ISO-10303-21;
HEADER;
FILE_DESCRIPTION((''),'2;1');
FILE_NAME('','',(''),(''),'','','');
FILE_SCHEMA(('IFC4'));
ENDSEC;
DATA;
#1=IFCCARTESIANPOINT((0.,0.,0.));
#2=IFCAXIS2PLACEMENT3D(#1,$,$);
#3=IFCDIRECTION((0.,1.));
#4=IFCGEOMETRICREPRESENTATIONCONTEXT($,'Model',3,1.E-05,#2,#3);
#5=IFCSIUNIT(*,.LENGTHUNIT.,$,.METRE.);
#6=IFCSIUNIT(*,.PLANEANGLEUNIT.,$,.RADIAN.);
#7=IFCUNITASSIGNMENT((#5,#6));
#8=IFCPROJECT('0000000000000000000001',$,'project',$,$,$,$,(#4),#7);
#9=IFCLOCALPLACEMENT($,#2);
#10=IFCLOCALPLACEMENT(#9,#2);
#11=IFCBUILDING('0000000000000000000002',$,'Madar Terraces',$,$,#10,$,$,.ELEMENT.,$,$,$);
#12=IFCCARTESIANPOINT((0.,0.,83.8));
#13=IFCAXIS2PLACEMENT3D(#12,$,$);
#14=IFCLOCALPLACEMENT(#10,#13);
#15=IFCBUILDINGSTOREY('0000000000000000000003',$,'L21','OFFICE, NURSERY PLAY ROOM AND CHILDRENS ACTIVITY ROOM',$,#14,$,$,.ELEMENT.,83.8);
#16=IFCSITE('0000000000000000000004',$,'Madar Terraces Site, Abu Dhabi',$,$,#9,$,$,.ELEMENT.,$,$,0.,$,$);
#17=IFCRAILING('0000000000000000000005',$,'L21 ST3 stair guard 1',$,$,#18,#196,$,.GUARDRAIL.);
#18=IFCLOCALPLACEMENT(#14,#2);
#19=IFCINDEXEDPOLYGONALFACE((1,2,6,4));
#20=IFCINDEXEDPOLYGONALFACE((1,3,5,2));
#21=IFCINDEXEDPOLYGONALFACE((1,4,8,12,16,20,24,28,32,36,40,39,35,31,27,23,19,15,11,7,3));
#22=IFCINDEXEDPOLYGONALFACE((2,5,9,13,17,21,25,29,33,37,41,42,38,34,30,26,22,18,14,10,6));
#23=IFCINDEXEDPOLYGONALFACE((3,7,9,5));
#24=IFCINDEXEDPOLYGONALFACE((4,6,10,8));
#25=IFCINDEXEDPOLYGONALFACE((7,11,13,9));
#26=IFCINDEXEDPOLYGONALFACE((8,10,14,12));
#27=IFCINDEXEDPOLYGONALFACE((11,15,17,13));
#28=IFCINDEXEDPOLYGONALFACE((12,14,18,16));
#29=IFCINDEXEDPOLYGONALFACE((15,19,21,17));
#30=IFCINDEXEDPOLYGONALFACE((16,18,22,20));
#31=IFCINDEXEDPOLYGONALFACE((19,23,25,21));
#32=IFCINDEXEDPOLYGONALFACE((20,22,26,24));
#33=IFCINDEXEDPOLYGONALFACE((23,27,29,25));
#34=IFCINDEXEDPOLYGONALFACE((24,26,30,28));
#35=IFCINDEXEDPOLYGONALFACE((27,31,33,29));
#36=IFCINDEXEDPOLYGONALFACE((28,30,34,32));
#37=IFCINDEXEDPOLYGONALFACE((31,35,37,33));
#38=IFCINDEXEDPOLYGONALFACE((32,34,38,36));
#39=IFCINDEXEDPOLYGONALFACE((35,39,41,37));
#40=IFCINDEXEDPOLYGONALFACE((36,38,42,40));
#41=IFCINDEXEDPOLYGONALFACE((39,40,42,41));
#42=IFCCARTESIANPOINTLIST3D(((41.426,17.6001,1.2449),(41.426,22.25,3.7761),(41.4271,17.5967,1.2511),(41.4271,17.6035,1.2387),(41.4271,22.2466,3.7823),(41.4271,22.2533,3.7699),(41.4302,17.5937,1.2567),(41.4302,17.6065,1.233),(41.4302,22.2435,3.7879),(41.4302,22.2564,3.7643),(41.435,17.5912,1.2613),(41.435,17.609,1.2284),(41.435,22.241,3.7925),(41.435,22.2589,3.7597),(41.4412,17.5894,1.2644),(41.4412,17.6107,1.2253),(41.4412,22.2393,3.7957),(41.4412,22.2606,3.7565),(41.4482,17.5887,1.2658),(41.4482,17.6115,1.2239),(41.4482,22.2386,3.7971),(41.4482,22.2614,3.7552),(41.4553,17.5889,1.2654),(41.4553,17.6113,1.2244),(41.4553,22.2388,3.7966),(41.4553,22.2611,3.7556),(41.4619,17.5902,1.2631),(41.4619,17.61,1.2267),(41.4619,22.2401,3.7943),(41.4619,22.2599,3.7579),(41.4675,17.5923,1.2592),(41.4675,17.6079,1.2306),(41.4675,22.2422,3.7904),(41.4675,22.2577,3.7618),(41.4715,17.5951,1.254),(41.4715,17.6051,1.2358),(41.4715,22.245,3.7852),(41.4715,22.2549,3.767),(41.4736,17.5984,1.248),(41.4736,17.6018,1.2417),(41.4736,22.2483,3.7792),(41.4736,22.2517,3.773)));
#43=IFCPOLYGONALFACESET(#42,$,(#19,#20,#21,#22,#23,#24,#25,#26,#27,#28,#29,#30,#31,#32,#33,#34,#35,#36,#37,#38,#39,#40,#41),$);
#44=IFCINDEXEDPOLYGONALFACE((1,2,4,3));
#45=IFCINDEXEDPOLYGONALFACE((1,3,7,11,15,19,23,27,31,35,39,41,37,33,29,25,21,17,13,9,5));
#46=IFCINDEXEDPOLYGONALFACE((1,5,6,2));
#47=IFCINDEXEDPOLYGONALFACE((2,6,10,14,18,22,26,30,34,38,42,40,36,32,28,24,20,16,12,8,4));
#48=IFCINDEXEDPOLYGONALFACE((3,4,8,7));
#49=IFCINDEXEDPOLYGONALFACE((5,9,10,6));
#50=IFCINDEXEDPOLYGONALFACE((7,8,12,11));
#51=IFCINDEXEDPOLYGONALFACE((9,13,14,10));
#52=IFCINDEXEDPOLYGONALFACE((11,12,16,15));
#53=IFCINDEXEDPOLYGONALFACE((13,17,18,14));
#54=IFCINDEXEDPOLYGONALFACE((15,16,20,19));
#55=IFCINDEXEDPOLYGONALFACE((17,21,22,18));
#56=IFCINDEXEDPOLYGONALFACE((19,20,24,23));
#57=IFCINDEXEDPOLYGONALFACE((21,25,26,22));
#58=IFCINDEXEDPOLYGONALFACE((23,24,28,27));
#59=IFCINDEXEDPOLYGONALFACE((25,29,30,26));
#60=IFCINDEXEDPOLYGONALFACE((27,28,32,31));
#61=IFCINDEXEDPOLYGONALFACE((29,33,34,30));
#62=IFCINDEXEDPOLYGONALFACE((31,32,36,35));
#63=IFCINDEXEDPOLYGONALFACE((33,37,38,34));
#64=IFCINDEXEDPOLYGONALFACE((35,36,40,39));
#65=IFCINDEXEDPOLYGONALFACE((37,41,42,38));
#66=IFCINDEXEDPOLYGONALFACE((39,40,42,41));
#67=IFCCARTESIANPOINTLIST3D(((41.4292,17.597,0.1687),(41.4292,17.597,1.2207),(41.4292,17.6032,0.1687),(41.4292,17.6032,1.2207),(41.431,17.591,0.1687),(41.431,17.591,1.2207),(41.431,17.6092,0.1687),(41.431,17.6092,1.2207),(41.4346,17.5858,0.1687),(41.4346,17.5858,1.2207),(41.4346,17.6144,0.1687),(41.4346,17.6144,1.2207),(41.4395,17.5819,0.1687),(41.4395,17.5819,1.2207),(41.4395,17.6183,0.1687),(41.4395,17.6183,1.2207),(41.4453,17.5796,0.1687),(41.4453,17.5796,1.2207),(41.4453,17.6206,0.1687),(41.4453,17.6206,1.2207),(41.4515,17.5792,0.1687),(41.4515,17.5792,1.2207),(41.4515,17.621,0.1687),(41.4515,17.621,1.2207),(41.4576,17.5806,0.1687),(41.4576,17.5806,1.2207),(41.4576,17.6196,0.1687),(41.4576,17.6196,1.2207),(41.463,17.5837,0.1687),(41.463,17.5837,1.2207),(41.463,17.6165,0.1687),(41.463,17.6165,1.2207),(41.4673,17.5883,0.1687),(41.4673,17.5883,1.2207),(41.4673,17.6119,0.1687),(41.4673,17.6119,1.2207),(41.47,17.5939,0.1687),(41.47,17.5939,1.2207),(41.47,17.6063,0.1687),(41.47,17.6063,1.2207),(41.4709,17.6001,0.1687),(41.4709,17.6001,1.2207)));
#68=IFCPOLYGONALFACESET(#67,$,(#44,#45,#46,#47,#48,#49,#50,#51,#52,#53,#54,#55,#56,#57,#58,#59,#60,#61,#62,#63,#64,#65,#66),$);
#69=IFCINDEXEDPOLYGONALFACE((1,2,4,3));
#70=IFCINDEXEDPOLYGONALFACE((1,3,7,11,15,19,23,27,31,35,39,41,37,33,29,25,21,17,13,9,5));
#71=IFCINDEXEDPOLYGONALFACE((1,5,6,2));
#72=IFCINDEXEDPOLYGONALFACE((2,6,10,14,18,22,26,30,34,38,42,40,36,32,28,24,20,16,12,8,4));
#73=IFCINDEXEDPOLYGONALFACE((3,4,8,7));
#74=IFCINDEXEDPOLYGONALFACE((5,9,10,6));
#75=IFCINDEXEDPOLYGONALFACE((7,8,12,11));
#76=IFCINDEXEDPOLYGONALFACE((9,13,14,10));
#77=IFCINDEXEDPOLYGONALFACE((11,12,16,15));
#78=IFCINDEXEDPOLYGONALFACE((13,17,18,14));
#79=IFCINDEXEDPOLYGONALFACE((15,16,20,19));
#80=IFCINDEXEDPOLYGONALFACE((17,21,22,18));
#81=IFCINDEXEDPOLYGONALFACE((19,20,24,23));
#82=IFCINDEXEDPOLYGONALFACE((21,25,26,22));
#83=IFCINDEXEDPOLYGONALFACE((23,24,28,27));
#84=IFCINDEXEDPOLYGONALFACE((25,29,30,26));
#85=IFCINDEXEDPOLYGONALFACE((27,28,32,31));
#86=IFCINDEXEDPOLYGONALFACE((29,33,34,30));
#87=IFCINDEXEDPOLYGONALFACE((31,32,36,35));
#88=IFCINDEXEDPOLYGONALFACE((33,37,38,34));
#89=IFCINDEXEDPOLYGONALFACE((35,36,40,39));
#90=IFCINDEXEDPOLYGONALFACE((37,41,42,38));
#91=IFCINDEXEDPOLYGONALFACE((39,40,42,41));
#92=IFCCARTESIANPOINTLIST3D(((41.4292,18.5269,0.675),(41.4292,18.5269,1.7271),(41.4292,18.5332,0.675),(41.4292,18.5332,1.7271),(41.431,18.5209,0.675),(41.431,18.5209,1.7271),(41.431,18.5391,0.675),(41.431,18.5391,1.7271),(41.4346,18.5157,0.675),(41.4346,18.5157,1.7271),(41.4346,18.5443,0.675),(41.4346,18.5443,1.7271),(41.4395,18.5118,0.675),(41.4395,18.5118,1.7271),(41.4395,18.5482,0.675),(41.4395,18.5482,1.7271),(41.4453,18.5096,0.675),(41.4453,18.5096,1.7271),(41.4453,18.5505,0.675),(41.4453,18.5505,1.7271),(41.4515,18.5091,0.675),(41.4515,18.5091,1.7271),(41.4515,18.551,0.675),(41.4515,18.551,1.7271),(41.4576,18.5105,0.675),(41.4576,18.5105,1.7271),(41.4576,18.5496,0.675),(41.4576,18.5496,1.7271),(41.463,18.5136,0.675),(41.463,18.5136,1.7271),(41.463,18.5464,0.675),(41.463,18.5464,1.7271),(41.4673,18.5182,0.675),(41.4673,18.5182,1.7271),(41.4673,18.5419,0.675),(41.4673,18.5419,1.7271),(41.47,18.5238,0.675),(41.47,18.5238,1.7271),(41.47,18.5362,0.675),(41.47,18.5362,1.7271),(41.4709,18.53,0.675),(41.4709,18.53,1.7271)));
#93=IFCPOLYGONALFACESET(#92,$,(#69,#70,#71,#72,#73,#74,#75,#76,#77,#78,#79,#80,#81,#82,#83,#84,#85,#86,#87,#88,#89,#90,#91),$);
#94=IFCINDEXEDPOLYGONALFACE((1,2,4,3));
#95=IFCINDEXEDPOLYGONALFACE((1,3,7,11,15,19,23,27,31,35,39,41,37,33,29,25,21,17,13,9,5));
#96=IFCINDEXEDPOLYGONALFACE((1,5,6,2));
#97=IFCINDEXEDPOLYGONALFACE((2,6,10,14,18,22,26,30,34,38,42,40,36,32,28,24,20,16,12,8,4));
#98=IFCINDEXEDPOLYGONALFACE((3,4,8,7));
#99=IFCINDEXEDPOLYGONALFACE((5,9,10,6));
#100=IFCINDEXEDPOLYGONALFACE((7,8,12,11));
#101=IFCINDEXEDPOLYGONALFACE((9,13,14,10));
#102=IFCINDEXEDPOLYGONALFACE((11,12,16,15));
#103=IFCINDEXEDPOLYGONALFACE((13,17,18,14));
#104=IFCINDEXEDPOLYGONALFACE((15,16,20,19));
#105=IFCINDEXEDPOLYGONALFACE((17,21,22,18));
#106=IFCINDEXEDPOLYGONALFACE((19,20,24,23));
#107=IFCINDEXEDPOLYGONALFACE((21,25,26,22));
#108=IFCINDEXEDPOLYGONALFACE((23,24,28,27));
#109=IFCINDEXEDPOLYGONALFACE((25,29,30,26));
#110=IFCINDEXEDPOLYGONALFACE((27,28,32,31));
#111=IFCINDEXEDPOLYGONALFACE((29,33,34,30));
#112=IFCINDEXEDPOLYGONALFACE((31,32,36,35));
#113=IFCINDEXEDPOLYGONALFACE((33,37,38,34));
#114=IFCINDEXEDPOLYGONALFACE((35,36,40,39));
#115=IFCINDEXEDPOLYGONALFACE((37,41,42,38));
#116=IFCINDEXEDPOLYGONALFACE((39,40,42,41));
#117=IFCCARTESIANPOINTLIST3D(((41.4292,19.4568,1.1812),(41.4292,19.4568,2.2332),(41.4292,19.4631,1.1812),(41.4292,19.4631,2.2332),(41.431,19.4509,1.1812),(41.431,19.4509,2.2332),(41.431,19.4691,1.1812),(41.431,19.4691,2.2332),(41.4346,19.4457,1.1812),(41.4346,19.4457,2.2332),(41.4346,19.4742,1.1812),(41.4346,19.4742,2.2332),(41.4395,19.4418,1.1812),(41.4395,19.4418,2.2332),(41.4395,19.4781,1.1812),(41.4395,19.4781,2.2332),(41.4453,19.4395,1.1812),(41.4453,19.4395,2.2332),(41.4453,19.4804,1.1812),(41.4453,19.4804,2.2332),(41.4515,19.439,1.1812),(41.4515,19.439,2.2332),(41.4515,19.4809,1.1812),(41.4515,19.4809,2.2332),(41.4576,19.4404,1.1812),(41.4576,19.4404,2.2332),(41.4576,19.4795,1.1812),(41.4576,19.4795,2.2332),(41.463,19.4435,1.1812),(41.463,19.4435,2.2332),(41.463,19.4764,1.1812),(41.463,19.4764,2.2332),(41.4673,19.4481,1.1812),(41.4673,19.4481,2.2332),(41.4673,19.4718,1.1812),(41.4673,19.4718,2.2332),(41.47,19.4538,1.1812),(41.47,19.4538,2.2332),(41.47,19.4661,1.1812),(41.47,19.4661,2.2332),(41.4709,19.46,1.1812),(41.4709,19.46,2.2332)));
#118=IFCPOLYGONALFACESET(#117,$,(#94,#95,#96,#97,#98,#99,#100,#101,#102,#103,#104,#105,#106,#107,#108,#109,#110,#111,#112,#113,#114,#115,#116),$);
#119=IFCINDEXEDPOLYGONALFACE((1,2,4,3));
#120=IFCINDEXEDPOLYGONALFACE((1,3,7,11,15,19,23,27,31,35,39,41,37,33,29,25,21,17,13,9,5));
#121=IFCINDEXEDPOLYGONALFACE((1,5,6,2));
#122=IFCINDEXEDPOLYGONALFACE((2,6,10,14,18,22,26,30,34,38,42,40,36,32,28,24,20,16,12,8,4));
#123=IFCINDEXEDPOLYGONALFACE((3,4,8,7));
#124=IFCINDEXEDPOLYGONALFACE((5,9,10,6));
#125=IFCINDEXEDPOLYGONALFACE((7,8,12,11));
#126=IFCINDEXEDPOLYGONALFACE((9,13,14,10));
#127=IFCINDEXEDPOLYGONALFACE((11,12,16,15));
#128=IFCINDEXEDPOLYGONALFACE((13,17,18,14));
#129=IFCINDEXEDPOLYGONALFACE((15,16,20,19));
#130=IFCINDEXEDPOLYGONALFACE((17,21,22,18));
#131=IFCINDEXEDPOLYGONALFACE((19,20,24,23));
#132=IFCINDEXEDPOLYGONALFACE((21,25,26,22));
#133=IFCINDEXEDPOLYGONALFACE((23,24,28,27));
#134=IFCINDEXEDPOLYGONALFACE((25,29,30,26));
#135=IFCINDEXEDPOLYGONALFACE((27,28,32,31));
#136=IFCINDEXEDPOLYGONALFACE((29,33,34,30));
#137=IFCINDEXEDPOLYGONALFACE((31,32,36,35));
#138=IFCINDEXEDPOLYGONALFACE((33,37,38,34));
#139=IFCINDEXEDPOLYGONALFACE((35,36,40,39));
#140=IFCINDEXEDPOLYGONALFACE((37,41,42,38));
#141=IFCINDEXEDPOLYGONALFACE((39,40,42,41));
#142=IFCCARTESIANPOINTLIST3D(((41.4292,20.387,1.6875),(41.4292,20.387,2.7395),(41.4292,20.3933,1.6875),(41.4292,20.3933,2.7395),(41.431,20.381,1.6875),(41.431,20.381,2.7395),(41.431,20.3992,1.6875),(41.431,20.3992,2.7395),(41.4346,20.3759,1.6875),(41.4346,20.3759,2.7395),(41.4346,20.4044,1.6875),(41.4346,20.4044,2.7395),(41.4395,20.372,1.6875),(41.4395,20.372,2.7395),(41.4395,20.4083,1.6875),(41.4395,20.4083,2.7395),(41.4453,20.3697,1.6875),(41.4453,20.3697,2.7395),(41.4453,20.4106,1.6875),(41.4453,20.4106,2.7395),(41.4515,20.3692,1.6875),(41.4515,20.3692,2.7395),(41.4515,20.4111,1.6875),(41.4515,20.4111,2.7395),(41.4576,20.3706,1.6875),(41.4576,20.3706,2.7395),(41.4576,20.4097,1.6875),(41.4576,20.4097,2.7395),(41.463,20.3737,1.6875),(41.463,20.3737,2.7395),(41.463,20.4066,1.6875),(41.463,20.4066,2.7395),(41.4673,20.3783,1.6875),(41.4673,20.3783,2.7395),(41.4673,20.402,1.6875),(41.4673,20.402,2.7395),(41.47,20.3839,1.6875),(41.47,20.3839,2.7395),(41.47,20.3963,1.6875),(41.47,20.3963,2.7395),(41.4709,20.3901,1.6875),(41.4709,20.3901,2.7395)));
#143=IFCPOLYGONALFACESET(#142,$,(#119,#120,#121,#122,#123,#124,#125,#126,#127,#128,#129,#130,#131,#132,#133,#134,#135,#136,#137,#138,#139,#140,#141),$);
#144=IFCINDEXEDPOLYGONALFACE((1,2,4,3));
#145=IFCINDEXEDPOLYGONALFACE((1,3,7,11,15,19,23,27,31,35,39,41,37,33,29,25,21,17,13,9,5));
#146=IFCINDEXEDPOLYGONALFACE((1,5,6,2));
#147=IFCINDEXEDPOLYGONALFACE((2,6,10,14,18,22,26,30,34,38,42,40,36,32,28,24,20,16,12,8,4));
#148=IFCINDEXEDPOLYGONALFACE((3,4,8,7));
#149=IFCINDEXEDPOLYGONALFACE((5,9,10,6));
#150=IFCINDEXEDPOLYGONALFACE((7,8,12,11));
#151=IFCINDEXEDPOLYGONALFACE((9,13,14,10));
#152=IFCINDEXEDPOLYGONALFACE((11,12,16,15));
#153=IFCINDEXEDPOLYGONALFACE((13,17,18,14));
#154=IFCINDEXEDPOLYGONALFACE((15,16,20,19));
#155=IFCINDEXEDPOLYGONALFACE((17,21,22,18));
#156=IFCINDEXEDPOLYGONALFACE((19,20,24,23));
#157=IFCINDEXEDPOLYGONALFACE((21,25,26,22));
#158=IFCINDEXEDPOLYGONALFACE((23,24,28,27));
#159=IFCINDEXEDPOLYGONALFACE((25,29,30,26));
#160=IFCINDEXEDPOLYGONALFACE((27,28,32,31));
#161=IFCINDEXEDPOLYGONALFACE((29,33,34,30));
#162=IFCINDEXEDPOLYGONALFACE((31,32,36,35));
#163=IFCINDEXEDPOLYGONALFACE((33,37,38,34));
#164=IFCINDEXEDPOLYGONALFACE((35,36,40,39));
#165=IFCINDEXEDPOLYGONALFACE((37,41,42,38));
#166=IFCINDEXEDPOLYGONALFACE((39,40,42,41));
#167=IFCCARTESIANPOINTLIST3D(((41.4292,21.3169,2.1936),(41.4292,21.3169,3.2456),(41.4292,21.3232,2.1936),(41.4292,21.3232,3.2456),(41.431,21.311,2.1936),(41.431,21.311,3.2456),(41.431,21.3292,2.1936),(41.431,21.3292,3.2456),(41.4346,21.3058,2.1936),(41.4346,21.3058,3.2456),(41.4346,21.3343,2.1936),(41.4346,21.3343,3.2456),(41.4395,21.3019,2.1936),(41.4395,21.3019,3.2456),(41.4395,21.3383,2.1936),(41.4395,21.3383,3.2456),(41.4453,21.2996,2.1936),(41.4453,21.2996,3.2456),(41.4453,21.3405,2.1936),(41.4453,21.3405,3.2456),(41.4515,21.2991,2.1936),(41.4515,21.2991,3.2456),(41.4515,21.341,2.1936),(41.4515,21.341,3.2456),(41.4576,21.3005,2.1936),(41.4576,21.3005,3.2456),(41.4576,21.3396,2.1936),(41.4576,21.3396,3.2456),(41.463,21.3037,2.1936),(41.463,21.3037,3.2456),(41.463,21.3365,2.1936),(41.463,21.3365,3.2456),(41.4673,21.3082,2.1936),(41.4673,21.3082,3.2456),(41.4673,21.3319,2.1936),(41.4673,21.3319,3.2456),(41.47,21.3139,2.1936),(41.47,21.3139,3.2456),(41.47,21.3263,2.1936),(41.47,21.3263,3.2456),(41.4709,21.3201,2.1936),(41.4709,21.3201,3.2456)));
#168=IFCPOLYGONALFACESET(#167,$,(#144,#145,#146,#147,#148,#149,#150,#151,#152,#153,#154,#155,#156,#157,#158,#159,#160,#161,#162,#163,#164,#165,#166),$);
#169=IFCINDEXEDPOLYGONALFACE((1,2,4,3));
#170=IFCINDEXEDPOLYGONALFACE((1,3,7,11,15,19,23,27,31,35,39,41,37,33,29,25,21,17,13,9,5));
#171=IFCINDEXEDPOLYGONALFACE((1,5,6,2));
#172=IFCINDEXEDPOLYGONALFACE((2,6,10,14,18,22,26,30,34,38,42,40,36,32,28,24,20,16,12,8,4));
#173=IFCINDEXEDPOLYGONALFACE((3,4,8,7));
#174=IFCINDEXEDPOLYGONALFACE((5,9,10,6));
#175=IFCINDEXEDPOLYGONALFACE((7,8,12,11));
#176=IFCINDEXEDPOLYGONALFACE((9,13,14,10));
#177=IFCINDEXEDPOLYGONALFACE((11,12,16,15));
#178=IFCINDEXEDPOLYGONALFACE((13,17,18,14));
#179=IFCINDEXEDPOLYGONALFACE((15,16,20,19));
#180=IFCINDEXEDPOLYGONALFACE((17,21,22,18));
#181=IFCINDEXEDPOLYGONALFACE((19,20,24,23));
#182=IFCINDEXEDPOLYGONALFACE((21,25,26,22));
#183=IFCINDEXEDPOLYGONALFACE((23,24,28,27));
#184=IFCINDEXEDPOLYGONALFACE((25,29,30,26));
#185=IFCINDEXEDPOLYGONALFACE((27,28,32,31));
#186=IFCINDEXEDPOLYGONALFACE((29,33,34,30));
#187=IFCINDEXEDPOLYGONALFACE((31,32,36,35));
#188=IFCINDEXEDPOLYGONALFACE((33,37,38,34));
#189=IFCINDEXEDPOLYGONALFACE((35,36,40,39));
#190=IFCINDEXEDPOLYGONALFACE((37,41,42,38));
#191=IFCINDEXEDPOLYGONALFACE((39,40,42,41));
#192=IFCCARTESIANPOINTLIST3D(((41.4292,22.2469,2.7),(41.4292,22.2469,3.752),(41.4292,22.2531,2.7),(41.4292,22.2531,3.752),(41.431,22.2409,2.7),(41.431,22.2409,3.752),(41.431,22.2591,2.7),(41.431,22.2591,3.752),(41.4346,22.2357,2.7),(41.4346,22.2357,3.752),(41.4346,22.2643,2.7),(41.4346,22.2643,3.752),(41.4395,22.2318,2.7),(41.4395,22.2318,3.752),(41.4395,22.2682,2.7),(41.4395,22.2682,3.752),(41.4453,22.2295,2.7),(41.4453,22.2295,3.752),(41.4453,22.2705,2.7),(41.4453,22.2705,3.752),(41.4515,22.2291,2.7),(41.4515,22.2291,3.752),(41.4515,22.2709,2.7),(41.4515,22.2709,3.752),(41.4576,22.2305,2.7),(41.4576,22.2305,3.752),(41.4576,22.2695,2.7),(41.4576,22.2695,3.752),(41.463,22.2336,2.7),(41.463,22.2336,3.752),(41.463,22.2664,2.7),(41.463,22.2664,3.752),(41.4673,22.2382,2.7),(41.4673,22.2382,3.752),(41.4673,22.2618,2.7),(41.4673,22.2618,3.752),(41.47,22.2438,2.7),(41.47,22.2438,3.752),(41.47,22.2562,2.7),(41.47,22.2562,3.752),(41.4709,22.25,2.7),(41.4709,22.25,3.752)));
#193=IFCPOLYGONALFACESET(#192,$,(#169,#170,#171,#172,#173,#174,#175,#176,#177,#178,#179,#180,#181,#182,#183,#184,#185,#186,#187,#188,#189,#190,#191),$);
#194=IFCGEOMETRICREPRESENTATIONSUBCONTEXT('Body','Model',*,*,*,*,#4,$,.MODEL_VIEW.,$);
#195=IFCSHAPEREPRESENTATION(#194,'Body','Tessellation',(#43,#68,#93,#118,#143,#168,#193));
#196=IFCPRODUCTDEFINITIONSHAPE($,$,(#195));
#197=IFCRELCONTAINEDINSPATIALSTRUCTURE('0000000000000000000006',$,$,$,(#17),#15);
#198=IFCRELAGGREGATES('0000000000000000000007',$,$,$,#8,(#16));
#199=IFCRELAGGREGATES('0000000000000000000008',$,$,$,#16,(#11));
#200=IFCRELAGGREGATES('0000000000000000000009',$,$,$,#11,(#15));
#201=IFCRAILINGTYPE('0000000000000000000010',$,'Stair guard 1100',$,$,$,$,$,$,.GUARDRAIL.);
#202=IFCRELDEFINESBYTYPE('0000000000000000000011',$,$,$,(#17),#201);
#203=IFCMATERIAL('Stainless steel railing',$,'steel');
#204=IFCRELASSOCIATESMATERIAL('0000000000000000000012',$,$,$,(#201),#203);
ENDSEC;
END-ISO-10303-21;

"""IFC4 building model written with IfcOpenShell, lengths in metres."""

from ifc_helpers import new_model, si_unit, direction, frame, origin, origin_2d, place, context, subcontext, project, spatial, circle, extrude, material, type_object, element, save


model = new_model("IFC4")

# Units and contexts
model_context = context("Model", 3, precision=1e-05, world=origin(), true_north=direction((0.0, 1.0)))
body_context = subcontext(model_context, "Body", "Model", "MODEL_VIEW")
ifc_project = project(units=[si_unit("LENGTHUNIT", "METRE"), si_unit("PLANEANGLEUNIT", "RADIAN")], contexts=[model_context])

# Site, building, storey
site_placement = place(None, origin())
site = spatial("IfcSite", under=ifc_project, at=site_placement, Name="Madar Terraces Site, Abu Dhabi", CompositionType="ELEMENT", RefElevation=0.0)
building_placement = place(site_placement, origin())
building = spatial("IfcBuilding", under=site, at=building_placement, Name="Madar Terraces", CompositionType="ELEMENT")
storey_placement = place(building_placement, frame((0.0, 0.0, 83.8)))
storey = spatial("IfcBuildingStorey", under=building, at=storey_placement, Name="L21", Description="OFFICE, NURSERY PLAY ROOM AND CHILDRENS ACTIVITY ROOM", CompositionType="ELEMENT", Elevation=83.8)

# Railing
ifc_material_1 = material(Name="Stainless steel railing", Category="steel")
railing_type_1 = type_object("IfcRailingType", Name="Stair guard 1100", PredefinedType="GUARDRAIL", material=ifc_material_1)
railing_1_placement = place(storey_placement, frame((41.45, 17.6001, 0.1687)))
element("IfcRailing", 1, at=railing_1_placement, inside=storey, type_object=railing_type_1, Name="L21 ST3 stair guard 1", PredefinedType="GUARDRAIL", context=body_context, shape_type="SweptSolid", body=[
    extrude(circle(Radius=0.0239, at=origin_2d()), frame((0.0, 0.0, 1.0762), z_axis=(0.0, 0.878297, 0.478115), x_axis=(-1.0, 0.0, 0.0)), (0.0, 0.0, 1.0), 5.2942),
    extrude(circle(Radius=0.021, at=origin_2d()), origin(), (0.0, 0.0, 1.0), 1.052),
    extrude(circle(Radius=0.021, at=origin_2d()), frame((0.0, 0.9299, 0.5063)), (0.0, 0.0, 1.0), 1.052),
    extrude(circle(Radius=0.021, at=origin_2d()), frame((0.0, 1.8599, 1.0125)), (0.0, 0.0, 1.0), 1.052),
    extrude(circle(Radius=0.021, at=origin_2d()), frame((0.0, 2.79, 1.5188)), (0.0, 0.0, 1.0), 1.052),
    extrude(circle(Radius=0.021, at=origin_2d()), frame((0.0, 3.72, 2.0249)), (0.0, 0.0, 1.0), 1.052),
    extrude(circle(Radius=0.021, at=origin_2d()), frame((0.0, 4.6499, 2.5312)), (0.0, 0.0, 1.0), 1.052),
])

save(model, "model.ifc")
